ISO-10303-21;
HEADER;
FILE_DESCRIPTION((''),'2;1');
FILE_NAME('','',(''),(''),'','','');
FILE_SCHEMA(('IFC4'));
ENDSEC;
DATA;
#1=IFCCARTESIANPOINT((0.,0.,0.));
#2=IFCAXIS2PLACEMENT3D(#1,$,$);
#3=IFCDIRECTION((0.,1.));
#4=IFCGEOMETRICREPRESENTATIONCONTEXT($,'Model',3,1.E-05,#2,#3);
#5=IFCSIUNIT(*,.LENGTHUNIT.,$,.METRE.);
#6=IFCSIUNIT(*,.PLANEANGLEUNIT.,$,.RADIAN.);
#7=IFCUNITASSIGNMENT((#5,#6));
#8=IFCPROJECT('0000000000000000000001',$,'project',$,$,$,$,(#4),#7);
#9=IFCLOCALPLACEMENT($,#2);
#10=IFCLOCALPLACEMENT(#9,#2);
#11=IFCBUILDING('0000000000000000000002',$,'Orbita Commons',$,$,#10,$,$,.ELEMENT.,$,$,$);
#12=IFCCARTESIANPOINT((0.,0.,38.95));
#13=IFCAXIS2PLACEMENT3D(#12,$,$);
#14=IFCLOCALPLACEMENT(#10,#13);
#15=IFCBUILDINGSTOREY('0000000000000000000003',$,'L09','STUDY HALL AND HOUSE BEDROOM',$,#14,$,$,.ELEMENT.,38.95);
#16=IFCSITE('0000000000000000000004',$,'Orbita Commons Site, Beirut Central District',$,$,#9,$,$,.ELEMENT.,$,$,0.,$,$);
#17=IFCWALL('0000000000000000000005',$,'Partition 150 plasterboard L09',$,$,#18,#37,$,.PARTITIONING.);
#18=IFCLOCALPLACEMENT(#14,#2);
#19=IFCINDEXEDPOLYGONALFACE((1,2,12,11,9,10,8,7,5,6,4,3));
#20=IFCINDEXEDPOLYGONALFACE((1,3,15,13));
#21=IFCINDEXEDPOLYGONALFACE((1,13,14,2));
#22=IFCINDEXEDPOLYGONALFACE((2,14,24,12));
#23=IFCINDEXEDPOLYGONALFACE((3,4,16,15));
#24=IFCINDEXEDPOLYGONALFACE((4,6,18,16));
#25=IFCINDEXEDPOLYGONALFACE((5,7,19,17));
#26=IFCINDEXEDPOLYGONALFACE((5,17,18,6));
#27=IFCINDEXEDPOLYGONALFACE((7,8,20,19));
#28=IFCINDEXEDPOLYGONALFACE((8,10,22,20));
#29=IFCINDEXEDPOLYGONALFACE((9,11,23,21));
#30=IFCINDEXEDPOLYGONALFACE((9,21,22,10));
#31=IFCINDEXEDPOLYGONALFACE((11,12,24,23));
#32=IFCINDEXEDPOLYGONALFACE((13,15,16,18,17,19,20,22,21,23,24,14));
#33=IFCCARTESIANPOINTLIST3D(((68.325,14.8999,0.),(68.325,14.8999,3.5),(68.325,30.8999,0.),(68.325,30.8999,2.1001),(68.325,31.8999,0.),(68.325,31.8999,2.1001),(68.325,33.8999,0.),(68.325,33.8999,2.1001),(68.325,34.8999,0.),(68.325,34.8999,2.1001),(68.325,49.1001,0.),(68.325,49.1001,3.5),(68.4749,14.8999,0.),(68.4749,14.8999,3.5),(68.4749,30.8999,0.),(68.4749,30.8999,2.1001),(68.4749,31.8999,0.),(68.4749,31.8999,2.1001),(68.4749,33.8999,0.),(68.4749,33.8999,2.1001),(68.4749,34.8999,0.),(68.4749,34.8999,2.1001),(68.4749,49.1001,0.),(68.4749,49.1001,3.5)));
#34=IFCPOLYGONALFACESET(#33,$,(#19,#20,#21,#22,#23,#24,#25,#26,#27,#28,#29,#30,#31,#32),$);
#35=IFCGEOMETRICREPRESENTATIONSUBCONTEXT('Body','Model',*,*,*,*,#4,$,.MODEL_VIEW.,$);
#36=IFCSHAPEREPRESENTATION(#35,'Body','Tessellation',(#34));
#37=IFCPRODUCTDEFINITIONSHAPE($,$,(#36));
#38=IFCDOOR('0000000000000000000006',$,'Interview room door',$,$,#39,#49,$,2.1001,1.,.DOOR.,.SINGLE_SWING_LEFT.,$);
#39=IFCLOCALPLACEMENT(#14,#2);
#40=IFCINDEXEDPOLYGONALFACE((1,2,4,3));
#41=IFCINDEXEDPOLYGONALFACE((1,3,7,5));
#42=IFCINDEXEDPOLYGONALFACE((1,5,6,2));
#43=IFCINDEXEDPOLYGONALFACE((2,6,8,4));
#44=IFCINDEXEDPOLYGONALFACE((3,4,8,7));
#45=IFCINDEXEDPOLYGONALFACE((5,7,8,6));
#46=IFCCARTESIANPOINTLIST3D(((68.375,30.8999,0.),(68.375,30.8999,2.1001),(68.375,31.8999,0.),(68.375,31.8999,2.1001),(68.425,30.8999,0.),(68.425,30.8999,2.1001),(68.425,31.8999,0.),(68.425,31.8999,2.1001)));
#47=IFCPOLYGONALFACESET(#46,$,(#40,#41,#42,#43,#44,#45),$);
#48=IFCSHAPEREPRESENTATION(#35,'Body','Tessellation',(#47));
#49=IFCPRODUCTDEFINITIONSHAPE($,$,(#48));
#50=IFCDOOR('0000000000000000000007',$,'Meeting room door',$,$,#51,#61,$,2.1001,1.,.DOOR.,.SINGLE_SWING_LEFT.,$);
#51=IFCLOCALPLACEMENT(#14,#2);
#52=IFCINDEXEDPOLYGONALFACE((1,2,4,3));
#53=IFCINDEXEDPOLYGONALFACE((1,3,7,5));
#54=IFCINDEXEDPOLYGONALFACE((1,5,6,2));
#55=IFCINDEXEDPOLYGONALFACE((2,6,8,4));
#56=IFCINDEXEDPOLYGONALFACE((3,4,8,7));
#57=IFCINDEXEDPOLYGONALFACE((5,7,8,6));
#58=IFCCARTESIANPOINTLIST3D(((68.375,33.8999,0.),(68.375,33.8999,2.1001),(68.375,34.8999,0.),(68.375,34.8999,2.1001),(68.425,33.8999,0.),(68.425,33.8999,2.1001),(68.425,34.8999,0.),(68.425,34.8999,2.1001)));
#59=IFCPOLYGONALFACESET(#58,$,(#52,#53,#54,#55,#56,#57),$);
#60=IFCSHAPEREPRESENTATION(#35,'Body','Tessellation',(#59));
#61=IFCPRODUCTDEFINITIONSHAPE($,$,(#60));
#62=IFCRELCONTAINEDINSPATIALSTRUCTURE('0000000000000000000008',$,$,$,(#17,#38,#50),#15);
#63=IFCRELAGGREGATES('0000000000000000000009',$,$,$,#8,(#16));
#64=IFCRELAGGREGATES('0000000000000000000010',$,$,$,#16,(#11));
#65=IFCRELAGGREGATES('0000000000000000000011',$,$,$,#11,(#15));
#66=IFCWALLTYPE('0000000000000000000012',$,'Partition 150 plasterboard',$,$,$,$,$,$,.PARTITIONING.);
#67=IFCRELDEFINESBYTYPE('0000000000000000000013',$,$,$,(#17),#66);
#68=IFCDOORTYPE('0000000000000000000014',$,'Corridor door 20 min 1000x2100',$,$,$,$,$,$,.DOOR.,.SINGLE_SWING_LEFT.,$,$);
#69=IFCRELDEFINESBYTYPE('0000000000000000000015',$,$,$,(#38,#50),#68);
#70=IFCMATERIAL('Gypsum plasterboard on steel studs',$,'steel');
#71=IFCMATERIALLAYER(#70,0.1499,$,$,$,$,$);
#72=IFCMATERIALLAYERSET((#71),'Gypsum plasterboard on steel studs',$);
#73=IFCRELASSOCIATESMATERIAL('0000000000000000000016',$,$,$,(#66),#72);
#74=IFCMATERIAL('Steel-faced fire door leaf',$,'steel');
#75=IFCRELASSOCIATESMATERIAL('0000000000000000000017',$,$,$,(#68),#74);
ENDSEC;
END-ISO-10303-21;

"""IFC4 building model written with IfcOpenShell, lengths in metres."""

from ifc_helpers import new_model, si_unit, direction, frame, frame_2d, origin, place, context, subcontext, project, spatial, rectangle, extrude, material, layer, layer_set, type_object, element, fill, save


model = new_model("IFC4")

# Units and contexts
model_context = context("Model", 3, precision=1e-05, world=origin(), true_north=direction((0.0, 1.0)))
body_context = subcontext(model_context, "Body", "Model", "MODEL_VIEW")
ifc_project = project(units=[si_unit("LENGTHUNIT", "METRE"), si_unit("PLANEANGLEUNIT", "RADIAN")], contexts=[model_context])

# Site, building, storey
site_placement = place(None, origin())
site = spatial("IfcSite", under=ifc_project, at=site_placement, Name="Orbita Commons Site, Beirut Central District", CompositionType="ELEMENT", RefElevation=0.0)
building_placement = place(site_placement, origin())
building = spatial("IfcBuilding", under=site, at=building_placement, Name="Orbita Commons", CompositionType="ELEMENT")
storey_placement = place(building_placement, frame((0.0, 0.0, 38.95)))
storey = spatial("IfcBuildingStorey", under=building, at=storey_placement, Name="L09", Description="STUDY HALL AND HOUSE BEDROOM", CompositionType="ELEMENT", Elevation=38.95)

# Wall, openings, doors
ifc_material_1 = material(Name="Gypsum plasterboard on steel studs", Category="steel")
ifc_layer_1 = layer(ifc_material_1, 0.1499)
ifc_layer_set_1 = layer_set([ifc_layer_1], Name="Gypsum plasterboard on steel studs")
wall_type_1 = type_object("IfcWallType", Name="Partition 150 plasterboard", PredefinedType="PARTITIONING", material=ifc_layer_set_1)
wall_1_placement = place(storey_placement, frame((68.3999, 14.8999, 0.0), z_axis=(0.0, 0.0, 1.0), x_axis=(0.0, 1.0, 0.0)))
wall_1 = element("IfcWall", 1, at=wall_1_placement, inside=storey, type_object=wall_type_1, Name="Partition 150 plasterboard L09", PredefinedType="PARTITIONING", context=body_context, shape_type="SweptSolid", body=[
    extrude(rectangle(XDim=34.2002, YDim=0.1499, at=frame_2d((17.1001, 0.0))), origin(), (0.0, 0.0, 1.0), 3.5),
])
opening_1_placement = place(wall_1_placement, frame((16.0, 0.0, 0.0)))
opening_1 = element("IfcOpeningElement", 2, at=opening_1_placement, cuts=wall_1, PredefinedType="OPENING", context=body_context, shape_type="SweptSolid", body=[
    extrude(rectangle(XDim=1.0, YDim=2.1001, at=frame_2d((0.5, 1.05))), frame((0.0, 0.085, 0.0), z_axis=(0.0, -1.0, 0.0), x_axis=(1.0, 0.0, 0.0)), (0.0, 0.0, 1.0), 0.1699),
])
opening_2_placement = place(wall_1_placement, frame((19.0, 0.0, 0.0)))
opening_2 = element("IfcOpeningElement", 3, at=opening_2_placement, cuts=wall_1, PredefinedType="OPENING", context=body_context, shape_type="SweptSolid", body=[
    extrude(rectangle(XDim=1.0, YDim=2.1001, at=frame_2d((0.5, 1.05))), frame((0.0, 0.085, 0.0), z_axis=(0.0, -1.0, 0.0), x_axis=(1.0, 0.0, 0.0)), (0.0, 0.0, 1.0), 0.1699),
])
ifc_material_2 = material(Name="Steel-faced fire door leaf", Category="steel")
door_type_1 = type_object("IfcDoorType", Name="Corridor door 20 min 1000x2100", OperationType="SINGLE_SWING_LEFT", PredefinedType="DOOR", material=ifc_material_2)
door_1_placement = place(opening_1_placement, origin())
door_1 = element("IfcDoor", 4, at=door_1_placement, inside=storey, type_object=door_type_1, Name="Interview room door", OperationType="SINGLE_SWING_LEFT", OverallHeight=2.1001, OverallWidth=1.0, PredefinedType="DOOR", context=body_context, shape_type="SweptSolid", body=[
    extrude(rectangle(XDim=1.0, YDim=2.1001, at=frame_2d((0.5, 1.05))), frame((0.0, 0.0249, 0.0), z_axis=(0.0, -1.0, 0.0), x_axis=(1.0, 0.0, 0.0)), (0.0, 0.0, 1.0), 0.05),
])
fill(opening_1, door_1)
door_2_placement = place(opening_2_placement, origin())
door_2 = element("IfcDoor", 5, at=door_2_placement, inside=storey, type_object=door_type_1, Name="Meeting room door", OperationType="SINGLE_SWING_LEFT", OverallHeight=2.1001, OverallWidth=1.0, PredefinedType="DOOR", context=body_context, shape_type="SweptSolid", body=[
    extrude(rectangle(XDim=1.0, YDim=2.1001, at=frame_2d((0.5, 1.05))), frame((0.0, 0.0249, 0.0), z_axis=(0.0, -1.0, 0.0), x_axis=(1.0, 0.0, 0.0)), (0.0, 0.0, 1.0), 0.05),
])
fill(opening_2, door_2)

save(model, "model.ifc")
